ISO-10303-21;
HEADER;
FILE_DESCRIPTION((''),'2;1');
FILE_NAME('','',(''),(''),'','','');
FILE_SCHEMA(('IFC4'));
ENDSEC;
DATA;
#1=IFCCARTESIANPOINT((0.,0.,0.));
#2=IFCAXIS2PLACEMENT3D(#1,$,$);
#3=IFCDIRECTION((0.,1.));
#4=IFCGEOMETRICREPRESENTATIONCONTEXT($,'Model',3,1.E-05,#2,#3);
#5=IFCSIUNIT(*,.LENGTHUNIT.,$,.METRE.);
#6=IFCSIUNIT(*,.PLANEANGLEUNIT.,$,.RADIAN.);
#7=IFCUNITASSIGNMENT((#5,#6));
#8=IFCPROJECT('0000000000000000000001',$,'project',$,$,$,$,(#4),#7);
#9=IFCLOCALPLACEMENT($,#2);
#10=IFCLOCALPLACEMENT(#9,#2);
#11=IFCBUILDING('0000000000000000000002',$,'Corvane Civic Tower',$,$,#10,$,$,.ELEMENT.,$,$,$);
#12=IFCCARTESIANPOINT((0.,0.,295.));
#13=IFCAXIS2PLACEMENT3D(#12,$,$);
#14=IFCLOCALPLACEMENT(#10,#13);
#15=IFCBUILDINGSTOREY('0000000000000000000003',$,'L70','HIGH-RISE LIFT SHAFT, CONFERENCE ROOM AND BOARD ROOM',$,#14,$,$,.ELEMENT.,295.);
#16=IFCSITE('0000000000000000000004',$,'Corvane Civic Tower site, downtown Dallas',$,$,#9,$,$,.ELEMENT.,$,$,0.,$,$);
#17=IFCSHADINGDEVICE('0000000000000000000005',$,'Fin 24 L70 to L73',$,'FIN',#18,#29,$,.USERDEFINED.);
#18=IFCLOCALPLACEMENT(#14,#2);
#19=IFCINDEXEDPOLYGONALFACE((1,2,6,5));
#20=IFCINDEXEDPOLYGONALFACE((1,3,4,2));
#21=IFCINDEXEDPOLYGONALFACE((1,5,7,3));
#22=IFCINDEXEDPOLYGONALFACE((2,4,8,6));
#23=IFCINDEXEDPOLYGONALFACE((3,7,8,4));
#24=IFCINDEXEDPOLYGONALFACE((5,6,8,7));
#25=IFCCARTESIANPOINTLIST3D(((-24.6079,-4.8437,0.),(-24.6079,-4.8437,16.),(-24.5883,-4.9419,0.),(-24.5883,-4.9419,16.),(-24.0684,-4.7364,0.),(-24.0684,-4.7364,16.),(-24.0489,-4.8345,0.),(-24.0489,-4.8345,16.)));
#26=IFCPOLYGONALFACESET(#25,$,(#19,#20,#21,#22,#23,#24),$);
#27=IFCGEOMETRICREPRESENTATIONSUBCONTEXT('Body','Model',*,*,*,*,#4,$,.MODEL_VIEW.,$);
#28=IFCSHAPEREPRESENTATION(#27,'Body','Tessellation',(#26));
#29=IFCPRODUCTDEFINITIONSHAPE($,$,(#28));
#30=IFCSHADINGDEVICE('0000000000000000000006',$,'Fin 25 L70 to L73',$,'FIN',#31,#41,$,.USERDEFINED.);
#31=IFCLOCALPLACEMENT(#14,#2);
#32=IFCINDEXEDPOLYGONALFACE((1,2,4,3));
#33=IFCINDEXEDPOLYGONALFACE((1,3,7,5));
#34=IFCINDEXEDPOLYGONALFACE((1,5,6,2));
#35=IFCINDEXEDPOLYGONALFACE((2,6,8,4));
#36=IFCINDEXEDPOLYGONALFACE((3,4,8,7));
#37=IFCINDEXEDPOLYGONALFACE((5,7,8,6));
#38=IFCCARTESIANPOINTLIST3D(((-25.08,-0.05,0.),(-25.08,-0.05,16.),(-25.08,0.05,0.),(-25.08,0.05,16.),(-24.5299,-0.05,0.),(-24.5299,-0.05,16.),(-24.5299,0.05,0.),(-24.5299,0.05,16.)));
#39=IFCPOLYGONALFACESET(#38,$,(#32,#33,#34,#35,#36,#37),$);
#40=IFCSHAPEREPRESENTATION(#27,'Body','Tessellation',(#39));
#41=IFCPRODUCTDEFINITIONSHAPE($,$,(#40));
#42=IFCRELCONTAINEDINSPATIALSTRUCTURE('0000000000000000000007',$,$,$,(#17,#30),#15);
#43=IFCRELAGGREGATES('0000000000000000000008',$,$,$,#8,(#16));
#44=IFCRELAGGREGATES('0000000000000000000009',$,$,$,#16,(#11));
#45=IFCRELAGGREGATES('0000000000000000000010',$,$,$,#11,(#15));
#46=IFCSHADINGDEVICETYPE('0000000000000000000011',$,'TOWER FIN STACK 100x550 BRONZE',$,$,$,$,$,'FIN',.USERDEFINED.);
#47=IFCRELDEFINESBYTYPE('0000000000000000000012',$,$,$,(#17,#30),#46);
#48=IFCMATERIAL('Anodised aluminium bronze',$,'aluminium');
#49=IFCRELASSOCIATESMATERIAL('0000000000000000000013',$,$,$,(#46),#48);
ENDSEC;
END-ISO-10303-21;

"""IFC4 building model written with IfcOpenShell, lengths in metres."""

from ifc_helpers import new_model, si_unit, direction, frame, origin, origin_2d, place, context, subcontext, project, spatial, rectangle, extrude, material, material_profile, profile_set, type_object, element, save


model = new_model("IFC4")

# Units and contexts
model_context = context("Model", 3, precision=1e-05, world=origin(), true_north=direction((0.0, 1.0)))
body_context = subcontext(model_context, "Body", "Model", "MODEL_VIEW")
ifc_project = project(units=[si_unit("LENGTHUNIT", "METRE"), si_unit("PLANEANGLEUNIT", "RADIAN")], contexts=[model_context])

# Site, building, storey
site_placement = place(None, origin())
site = spatial("IfcSite", under=ifc_project, at=site_placement, Name="Corvane Civic Tower site, downtown Dallas", CompositionType="ELEMENT", RefElevation=0.0)
building_placement = place(site_placement, origin())
building = spatial("IfcBuilding", under=site, at=building_placement, Name="Corvane Civic Tower", CompositionType="ELEMENT")
storey_placement = place(building_placement, frame((0.0, 0.0, 295.0)))
storey = spatial("IfcBuildingStorey", under=building, at=storey_placement, Name="L70", Description="HIGH-RISE LIFT SHAFT, CONFERENCE ROOM AND BOARD ROOM", CompositionType="ELEMENT", Elevation=295.0)

# Shading devices
ifc_material_1 = material(Name="Anodised aluminium bronze", Category="aluminium")
ifc_material_profile_1 = material_profile(ifc_material_1, rectangle(XDim=0.1001, YDim=0.55, at=origin_2d()), Name="TOWER FIN STACK 100x550 BRONZE")
ifc_profile_set_1 = profile_set([ifc_material_profile_1], Name="Anodised aluminium bronze")
shading_device_type = type_object("IfcShadingDeviceType", Name="TOWER FIN STACK 100x550 BRONZE", ElementType="FIN", PredefinedType="USERDEFINED", material=ifc_profile_set_1)
for number, where, z_axis, x_axis, name in (
    (1, (-24.3284, -4.8391, 0.0), (0.0, 0.0, 1.0), (-0.19509, 0.980785, 0.0), "Fin 24 L70 to L73"),
    (2, (-24.8049, 0.0, 0.0), (0.0, 0.0, 1.0), (0.0, 1.0, 0.0), "Fin 25 L70 to L73"),
):
    element("IfcShadingDevice", number, at=place(storey_placement, frame(where, z_axis=z_axis, x_axis=x_axis)), inside=storey, type_object=shading_device_type, Name=name, ObjectType="FIN", PredefinedType="USERDEFINED", context=body_context, shape_type="SweptSolid", body=[
        extrude(rectangle(XDim=0.1001, YDim=0.55, at=origin_2d()), origin(), (0.0, 0.0, 1.0), 16.0),
    ])

save(model, "model.ifc")
